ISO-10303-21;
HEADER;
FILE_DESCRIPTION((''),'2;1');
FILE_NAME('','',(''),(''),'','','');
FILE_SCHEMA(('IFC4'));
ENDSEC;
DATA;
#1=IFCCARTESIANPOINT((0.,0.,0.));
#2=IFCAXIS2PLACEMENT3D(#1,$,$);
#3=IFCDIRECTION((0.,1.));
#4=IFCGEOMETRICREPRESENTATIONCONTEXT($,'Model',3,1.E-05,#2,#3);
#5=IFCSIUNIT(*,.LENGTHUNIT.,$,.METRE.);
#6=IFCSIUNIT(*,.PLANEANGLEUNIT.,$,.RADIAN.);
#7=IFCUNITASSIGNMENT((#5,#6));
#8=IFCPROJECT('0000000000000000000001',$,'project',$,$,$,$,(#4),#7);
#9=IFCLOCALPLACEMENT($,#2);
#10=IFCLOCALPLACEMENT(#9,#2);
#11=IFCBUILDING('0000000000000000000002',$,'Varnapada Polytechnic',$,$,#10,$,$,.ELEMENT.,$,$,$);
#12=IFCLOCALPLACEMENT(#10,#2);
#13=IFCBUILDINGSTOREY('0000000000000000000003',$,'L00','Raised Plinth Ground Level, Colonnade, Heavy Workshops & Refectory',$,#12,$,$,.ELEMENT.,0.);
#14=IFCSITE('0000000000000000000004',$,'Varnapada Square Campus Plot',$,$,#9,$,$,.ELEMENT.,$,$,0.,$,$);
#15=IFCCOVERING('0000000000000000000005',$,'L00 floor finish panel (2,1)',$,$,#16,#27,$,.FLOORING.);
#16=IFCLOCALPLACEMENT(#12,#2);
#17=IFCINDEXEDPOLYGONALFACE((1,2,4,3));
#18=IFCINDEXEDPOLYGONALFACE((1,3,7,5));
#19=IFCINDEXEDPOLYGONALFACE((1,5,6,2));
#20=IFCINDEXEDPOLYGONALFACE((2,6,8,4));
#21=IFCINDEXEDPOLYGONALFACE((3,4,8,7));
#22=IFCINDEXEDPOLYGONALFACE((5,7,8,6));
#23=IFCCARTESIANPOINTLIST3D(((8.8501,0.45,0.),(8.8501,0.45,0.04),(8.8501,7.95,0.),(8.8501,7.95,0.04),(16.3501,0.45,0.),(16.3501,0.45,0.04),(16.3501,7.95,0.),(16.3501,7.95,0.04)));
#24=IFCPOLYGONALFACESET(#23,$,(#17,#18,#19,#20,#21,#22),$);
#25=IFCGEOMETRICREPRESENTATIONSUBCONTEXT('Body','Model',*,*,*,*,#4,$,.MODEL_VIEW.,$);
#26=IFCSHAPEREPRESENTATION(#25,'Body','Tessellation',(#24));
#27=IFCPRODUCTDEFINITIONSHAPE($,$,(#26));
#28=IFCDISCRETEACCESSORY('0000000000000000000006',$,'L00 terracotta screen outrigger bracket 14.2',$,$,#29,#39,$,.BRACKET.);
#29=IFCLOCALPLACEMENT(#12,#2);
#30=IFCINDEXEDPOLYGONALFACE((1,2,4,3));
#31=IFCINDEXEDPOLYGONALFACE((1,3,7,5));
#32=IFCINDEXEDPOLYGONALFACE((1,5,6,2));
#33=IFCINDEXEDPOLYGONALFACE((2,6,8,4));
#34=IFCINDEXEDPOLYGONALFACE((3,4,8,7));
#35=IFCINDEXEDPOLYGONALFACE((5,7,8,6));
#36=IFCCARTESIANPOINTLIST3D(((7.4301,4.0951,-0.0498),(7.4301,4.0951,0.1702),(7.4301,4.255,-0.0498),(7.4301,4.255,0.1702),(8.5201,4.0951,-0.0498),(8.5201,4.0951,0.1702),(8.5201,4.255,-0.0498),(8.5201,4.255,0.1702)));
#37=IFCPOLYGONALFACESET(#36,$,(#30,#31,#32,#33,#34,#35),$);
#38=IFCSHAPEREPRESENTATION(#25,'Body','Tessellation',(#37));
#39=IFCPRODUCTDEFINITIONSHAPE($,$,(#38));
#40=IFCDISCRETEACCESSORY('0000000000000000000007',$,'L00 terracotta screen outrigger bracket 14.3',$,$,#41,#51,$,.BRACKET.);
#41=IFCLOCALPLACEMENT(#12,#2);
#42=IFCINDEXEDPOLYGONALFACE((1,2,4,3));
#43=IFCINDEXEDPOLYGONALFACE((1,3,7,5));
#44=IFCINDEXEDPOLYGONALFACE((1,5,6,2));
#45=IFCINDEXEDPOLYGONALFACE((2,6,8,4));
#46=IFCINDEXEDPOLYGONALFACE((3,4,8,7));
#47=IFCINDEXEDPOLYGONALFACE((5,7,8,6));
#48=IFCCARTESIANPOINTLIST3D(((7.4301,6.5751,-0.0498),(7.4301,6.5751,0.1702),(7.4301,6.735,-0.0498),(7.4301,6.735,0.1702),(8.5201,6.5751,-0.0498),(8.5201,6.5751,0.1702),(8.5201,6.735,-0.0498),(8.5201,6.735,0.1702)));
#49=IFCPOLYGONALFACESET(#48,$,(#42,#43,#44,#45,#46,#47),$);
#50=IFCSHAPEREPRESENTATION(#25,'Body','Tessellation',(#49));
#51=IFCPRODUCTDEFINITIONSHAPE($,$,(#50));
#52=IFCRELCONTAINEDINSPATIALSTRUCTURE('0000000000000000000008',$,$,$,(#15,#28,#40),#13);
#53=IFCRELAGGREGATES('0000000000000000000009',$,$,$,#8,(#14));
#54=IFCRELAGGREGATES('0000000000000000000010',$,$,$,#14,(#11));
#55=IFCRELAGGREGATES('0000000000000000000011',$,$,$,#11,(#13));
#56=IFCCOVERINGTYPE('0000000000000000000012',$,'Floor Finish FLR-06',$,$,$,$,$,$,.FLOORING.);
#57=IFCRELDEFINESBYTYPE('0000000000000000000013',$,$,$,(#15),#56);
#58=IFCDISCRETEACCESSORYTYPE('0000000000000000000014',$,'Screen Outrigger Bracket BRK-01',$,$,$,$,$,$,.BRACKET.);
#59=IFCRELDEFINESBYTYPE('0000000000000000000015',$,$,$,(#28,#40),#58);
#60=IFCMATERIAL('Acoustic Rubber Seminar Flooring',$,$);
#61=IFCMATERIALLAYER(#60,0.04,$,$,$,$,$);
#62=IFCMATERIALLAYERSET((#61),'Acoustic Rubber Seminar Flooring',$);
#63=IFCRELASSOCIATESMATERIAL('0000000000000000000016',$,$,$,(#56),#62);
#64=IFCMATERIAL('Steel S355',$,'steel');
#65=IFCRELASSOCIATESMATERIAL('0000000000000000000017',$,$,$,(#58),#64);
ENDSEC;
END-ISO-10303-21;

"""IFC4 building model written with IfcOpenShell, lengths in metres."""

from ifc_helpers import new_model, si_unit, direction, frame, origin, origin_2d, place, context, subcontext, project, spatial, rectangle, extrude, material, layer, layer_set, type_object, element, save


model = new_model("IFC4")

# Units and contexts
model_context = context("Model", 3, precision=1e-05, world=origin(), true_north=direction((0.0, 1.0)))
body_context = subcontext(model_context, "Body", "Model", "MODEL_VIEW")
ifc_project = project(units=[si_unit("LENGTHUNIT", "METRE"), si_unit("PLANEANGLEUNIT", "RADIAN")], contexts=[model_context])

# Site, building, storey
site_placement = place(None, origin())
site = spatial("IfcSite", under=ifc_project, at=site_placement, Name="Varnapada Square Campus Plot", CompositionType="ELEMENT", RefElevation=0.0)
building_placement = place(site_placement, origin())
building = spatial("IfcBuilding", under=site, at=building_placement, Name="Varnapada Polytechnic", CompositionType="ELEMENT")
storey_placement = place(building_placement, origin())
storey = spatial("IfcBuildingStorey", under=building, at=storey_placement, Name="L00", Description="Raised Plinth Ground Level, Colonnade, Heavy Workshops & Refectory", CompositionType="ELEMENT", Elevation=0.0)

# Covering
ifc_material_1 = material(Name="Acoustic Rubber Seminar Flooring")
ifc_layer_1 = layer(ifc_material_1, 0.04)
ifc_layer_set_1 = layer_set([ifc_layer_1], Name="Acoustic Rubber Seminar Flooring")
covering_type = type_object("IfcCoveringType", Name="Floor Finish FLR-06", PredefinedType="FLOORING", material=ifc_layer_set_1)
covering_placement = place(storey_placement, frame((12.6001, 4.2, 0.0), z_axis=(0.0, 0.0, 1.0), x_axis=(1.0, 0.0, 0.0)))
element("IfcCovering", 1, at=covering_placement, inside=storey, type_object=covering_type, Name="L00 floor finish panel (2,1)", PredefinedType="FLOORING", context=body_context, shape_type="SweptSolid", body=[
    extrude(rectangle(XDim=7.5, YDim=7.5, at=origin_2d()), origin(), (0.0, 0.0, 1.0), 0.04),
])

# Discrete accessories
ifc_material_2 = material(Name="Steel S355", Category="steel")
discrete_accessory_type = type_object("IfcDiscreteAccessoryType", Name="Screen Outrigger Bracket BRK-01", PredefinedType="BRACKET", material=ifc_material_2)
for number, where, z_axis, x_axis, name in (
    (2, (7.9751, 4.175, -0.0498), (0.0, 0.0, 1.0), (0.0, 1.0, 0.0), "L00 terracotta screen outrigger bracket 14.2"),
    (3, (7.9751, 6.655, -0.0498), (0.0, 0.0, 1.0), (0.0, 1.0, 0.0), "L00 terracotta screen outrigger bracket 14.3"),
):
    element("IfcDiscreteAccessory", number, at=place(storey_placement, frame(where, z_axis=z_axis, x_axis=x_axis)), inside=storey, type_object=discrete_accessory_type, Name=name, PredefinedType="BRACKET", context=body_context, shape_type="SweptSolid", body=[
        extrude(rectangle(XDim=0.1599, YDim=1.0901, at=origin_2d()), origin(), (0.0, 0.0, 1.0), 0.22),
    ])

save(model, "model.ifc")
